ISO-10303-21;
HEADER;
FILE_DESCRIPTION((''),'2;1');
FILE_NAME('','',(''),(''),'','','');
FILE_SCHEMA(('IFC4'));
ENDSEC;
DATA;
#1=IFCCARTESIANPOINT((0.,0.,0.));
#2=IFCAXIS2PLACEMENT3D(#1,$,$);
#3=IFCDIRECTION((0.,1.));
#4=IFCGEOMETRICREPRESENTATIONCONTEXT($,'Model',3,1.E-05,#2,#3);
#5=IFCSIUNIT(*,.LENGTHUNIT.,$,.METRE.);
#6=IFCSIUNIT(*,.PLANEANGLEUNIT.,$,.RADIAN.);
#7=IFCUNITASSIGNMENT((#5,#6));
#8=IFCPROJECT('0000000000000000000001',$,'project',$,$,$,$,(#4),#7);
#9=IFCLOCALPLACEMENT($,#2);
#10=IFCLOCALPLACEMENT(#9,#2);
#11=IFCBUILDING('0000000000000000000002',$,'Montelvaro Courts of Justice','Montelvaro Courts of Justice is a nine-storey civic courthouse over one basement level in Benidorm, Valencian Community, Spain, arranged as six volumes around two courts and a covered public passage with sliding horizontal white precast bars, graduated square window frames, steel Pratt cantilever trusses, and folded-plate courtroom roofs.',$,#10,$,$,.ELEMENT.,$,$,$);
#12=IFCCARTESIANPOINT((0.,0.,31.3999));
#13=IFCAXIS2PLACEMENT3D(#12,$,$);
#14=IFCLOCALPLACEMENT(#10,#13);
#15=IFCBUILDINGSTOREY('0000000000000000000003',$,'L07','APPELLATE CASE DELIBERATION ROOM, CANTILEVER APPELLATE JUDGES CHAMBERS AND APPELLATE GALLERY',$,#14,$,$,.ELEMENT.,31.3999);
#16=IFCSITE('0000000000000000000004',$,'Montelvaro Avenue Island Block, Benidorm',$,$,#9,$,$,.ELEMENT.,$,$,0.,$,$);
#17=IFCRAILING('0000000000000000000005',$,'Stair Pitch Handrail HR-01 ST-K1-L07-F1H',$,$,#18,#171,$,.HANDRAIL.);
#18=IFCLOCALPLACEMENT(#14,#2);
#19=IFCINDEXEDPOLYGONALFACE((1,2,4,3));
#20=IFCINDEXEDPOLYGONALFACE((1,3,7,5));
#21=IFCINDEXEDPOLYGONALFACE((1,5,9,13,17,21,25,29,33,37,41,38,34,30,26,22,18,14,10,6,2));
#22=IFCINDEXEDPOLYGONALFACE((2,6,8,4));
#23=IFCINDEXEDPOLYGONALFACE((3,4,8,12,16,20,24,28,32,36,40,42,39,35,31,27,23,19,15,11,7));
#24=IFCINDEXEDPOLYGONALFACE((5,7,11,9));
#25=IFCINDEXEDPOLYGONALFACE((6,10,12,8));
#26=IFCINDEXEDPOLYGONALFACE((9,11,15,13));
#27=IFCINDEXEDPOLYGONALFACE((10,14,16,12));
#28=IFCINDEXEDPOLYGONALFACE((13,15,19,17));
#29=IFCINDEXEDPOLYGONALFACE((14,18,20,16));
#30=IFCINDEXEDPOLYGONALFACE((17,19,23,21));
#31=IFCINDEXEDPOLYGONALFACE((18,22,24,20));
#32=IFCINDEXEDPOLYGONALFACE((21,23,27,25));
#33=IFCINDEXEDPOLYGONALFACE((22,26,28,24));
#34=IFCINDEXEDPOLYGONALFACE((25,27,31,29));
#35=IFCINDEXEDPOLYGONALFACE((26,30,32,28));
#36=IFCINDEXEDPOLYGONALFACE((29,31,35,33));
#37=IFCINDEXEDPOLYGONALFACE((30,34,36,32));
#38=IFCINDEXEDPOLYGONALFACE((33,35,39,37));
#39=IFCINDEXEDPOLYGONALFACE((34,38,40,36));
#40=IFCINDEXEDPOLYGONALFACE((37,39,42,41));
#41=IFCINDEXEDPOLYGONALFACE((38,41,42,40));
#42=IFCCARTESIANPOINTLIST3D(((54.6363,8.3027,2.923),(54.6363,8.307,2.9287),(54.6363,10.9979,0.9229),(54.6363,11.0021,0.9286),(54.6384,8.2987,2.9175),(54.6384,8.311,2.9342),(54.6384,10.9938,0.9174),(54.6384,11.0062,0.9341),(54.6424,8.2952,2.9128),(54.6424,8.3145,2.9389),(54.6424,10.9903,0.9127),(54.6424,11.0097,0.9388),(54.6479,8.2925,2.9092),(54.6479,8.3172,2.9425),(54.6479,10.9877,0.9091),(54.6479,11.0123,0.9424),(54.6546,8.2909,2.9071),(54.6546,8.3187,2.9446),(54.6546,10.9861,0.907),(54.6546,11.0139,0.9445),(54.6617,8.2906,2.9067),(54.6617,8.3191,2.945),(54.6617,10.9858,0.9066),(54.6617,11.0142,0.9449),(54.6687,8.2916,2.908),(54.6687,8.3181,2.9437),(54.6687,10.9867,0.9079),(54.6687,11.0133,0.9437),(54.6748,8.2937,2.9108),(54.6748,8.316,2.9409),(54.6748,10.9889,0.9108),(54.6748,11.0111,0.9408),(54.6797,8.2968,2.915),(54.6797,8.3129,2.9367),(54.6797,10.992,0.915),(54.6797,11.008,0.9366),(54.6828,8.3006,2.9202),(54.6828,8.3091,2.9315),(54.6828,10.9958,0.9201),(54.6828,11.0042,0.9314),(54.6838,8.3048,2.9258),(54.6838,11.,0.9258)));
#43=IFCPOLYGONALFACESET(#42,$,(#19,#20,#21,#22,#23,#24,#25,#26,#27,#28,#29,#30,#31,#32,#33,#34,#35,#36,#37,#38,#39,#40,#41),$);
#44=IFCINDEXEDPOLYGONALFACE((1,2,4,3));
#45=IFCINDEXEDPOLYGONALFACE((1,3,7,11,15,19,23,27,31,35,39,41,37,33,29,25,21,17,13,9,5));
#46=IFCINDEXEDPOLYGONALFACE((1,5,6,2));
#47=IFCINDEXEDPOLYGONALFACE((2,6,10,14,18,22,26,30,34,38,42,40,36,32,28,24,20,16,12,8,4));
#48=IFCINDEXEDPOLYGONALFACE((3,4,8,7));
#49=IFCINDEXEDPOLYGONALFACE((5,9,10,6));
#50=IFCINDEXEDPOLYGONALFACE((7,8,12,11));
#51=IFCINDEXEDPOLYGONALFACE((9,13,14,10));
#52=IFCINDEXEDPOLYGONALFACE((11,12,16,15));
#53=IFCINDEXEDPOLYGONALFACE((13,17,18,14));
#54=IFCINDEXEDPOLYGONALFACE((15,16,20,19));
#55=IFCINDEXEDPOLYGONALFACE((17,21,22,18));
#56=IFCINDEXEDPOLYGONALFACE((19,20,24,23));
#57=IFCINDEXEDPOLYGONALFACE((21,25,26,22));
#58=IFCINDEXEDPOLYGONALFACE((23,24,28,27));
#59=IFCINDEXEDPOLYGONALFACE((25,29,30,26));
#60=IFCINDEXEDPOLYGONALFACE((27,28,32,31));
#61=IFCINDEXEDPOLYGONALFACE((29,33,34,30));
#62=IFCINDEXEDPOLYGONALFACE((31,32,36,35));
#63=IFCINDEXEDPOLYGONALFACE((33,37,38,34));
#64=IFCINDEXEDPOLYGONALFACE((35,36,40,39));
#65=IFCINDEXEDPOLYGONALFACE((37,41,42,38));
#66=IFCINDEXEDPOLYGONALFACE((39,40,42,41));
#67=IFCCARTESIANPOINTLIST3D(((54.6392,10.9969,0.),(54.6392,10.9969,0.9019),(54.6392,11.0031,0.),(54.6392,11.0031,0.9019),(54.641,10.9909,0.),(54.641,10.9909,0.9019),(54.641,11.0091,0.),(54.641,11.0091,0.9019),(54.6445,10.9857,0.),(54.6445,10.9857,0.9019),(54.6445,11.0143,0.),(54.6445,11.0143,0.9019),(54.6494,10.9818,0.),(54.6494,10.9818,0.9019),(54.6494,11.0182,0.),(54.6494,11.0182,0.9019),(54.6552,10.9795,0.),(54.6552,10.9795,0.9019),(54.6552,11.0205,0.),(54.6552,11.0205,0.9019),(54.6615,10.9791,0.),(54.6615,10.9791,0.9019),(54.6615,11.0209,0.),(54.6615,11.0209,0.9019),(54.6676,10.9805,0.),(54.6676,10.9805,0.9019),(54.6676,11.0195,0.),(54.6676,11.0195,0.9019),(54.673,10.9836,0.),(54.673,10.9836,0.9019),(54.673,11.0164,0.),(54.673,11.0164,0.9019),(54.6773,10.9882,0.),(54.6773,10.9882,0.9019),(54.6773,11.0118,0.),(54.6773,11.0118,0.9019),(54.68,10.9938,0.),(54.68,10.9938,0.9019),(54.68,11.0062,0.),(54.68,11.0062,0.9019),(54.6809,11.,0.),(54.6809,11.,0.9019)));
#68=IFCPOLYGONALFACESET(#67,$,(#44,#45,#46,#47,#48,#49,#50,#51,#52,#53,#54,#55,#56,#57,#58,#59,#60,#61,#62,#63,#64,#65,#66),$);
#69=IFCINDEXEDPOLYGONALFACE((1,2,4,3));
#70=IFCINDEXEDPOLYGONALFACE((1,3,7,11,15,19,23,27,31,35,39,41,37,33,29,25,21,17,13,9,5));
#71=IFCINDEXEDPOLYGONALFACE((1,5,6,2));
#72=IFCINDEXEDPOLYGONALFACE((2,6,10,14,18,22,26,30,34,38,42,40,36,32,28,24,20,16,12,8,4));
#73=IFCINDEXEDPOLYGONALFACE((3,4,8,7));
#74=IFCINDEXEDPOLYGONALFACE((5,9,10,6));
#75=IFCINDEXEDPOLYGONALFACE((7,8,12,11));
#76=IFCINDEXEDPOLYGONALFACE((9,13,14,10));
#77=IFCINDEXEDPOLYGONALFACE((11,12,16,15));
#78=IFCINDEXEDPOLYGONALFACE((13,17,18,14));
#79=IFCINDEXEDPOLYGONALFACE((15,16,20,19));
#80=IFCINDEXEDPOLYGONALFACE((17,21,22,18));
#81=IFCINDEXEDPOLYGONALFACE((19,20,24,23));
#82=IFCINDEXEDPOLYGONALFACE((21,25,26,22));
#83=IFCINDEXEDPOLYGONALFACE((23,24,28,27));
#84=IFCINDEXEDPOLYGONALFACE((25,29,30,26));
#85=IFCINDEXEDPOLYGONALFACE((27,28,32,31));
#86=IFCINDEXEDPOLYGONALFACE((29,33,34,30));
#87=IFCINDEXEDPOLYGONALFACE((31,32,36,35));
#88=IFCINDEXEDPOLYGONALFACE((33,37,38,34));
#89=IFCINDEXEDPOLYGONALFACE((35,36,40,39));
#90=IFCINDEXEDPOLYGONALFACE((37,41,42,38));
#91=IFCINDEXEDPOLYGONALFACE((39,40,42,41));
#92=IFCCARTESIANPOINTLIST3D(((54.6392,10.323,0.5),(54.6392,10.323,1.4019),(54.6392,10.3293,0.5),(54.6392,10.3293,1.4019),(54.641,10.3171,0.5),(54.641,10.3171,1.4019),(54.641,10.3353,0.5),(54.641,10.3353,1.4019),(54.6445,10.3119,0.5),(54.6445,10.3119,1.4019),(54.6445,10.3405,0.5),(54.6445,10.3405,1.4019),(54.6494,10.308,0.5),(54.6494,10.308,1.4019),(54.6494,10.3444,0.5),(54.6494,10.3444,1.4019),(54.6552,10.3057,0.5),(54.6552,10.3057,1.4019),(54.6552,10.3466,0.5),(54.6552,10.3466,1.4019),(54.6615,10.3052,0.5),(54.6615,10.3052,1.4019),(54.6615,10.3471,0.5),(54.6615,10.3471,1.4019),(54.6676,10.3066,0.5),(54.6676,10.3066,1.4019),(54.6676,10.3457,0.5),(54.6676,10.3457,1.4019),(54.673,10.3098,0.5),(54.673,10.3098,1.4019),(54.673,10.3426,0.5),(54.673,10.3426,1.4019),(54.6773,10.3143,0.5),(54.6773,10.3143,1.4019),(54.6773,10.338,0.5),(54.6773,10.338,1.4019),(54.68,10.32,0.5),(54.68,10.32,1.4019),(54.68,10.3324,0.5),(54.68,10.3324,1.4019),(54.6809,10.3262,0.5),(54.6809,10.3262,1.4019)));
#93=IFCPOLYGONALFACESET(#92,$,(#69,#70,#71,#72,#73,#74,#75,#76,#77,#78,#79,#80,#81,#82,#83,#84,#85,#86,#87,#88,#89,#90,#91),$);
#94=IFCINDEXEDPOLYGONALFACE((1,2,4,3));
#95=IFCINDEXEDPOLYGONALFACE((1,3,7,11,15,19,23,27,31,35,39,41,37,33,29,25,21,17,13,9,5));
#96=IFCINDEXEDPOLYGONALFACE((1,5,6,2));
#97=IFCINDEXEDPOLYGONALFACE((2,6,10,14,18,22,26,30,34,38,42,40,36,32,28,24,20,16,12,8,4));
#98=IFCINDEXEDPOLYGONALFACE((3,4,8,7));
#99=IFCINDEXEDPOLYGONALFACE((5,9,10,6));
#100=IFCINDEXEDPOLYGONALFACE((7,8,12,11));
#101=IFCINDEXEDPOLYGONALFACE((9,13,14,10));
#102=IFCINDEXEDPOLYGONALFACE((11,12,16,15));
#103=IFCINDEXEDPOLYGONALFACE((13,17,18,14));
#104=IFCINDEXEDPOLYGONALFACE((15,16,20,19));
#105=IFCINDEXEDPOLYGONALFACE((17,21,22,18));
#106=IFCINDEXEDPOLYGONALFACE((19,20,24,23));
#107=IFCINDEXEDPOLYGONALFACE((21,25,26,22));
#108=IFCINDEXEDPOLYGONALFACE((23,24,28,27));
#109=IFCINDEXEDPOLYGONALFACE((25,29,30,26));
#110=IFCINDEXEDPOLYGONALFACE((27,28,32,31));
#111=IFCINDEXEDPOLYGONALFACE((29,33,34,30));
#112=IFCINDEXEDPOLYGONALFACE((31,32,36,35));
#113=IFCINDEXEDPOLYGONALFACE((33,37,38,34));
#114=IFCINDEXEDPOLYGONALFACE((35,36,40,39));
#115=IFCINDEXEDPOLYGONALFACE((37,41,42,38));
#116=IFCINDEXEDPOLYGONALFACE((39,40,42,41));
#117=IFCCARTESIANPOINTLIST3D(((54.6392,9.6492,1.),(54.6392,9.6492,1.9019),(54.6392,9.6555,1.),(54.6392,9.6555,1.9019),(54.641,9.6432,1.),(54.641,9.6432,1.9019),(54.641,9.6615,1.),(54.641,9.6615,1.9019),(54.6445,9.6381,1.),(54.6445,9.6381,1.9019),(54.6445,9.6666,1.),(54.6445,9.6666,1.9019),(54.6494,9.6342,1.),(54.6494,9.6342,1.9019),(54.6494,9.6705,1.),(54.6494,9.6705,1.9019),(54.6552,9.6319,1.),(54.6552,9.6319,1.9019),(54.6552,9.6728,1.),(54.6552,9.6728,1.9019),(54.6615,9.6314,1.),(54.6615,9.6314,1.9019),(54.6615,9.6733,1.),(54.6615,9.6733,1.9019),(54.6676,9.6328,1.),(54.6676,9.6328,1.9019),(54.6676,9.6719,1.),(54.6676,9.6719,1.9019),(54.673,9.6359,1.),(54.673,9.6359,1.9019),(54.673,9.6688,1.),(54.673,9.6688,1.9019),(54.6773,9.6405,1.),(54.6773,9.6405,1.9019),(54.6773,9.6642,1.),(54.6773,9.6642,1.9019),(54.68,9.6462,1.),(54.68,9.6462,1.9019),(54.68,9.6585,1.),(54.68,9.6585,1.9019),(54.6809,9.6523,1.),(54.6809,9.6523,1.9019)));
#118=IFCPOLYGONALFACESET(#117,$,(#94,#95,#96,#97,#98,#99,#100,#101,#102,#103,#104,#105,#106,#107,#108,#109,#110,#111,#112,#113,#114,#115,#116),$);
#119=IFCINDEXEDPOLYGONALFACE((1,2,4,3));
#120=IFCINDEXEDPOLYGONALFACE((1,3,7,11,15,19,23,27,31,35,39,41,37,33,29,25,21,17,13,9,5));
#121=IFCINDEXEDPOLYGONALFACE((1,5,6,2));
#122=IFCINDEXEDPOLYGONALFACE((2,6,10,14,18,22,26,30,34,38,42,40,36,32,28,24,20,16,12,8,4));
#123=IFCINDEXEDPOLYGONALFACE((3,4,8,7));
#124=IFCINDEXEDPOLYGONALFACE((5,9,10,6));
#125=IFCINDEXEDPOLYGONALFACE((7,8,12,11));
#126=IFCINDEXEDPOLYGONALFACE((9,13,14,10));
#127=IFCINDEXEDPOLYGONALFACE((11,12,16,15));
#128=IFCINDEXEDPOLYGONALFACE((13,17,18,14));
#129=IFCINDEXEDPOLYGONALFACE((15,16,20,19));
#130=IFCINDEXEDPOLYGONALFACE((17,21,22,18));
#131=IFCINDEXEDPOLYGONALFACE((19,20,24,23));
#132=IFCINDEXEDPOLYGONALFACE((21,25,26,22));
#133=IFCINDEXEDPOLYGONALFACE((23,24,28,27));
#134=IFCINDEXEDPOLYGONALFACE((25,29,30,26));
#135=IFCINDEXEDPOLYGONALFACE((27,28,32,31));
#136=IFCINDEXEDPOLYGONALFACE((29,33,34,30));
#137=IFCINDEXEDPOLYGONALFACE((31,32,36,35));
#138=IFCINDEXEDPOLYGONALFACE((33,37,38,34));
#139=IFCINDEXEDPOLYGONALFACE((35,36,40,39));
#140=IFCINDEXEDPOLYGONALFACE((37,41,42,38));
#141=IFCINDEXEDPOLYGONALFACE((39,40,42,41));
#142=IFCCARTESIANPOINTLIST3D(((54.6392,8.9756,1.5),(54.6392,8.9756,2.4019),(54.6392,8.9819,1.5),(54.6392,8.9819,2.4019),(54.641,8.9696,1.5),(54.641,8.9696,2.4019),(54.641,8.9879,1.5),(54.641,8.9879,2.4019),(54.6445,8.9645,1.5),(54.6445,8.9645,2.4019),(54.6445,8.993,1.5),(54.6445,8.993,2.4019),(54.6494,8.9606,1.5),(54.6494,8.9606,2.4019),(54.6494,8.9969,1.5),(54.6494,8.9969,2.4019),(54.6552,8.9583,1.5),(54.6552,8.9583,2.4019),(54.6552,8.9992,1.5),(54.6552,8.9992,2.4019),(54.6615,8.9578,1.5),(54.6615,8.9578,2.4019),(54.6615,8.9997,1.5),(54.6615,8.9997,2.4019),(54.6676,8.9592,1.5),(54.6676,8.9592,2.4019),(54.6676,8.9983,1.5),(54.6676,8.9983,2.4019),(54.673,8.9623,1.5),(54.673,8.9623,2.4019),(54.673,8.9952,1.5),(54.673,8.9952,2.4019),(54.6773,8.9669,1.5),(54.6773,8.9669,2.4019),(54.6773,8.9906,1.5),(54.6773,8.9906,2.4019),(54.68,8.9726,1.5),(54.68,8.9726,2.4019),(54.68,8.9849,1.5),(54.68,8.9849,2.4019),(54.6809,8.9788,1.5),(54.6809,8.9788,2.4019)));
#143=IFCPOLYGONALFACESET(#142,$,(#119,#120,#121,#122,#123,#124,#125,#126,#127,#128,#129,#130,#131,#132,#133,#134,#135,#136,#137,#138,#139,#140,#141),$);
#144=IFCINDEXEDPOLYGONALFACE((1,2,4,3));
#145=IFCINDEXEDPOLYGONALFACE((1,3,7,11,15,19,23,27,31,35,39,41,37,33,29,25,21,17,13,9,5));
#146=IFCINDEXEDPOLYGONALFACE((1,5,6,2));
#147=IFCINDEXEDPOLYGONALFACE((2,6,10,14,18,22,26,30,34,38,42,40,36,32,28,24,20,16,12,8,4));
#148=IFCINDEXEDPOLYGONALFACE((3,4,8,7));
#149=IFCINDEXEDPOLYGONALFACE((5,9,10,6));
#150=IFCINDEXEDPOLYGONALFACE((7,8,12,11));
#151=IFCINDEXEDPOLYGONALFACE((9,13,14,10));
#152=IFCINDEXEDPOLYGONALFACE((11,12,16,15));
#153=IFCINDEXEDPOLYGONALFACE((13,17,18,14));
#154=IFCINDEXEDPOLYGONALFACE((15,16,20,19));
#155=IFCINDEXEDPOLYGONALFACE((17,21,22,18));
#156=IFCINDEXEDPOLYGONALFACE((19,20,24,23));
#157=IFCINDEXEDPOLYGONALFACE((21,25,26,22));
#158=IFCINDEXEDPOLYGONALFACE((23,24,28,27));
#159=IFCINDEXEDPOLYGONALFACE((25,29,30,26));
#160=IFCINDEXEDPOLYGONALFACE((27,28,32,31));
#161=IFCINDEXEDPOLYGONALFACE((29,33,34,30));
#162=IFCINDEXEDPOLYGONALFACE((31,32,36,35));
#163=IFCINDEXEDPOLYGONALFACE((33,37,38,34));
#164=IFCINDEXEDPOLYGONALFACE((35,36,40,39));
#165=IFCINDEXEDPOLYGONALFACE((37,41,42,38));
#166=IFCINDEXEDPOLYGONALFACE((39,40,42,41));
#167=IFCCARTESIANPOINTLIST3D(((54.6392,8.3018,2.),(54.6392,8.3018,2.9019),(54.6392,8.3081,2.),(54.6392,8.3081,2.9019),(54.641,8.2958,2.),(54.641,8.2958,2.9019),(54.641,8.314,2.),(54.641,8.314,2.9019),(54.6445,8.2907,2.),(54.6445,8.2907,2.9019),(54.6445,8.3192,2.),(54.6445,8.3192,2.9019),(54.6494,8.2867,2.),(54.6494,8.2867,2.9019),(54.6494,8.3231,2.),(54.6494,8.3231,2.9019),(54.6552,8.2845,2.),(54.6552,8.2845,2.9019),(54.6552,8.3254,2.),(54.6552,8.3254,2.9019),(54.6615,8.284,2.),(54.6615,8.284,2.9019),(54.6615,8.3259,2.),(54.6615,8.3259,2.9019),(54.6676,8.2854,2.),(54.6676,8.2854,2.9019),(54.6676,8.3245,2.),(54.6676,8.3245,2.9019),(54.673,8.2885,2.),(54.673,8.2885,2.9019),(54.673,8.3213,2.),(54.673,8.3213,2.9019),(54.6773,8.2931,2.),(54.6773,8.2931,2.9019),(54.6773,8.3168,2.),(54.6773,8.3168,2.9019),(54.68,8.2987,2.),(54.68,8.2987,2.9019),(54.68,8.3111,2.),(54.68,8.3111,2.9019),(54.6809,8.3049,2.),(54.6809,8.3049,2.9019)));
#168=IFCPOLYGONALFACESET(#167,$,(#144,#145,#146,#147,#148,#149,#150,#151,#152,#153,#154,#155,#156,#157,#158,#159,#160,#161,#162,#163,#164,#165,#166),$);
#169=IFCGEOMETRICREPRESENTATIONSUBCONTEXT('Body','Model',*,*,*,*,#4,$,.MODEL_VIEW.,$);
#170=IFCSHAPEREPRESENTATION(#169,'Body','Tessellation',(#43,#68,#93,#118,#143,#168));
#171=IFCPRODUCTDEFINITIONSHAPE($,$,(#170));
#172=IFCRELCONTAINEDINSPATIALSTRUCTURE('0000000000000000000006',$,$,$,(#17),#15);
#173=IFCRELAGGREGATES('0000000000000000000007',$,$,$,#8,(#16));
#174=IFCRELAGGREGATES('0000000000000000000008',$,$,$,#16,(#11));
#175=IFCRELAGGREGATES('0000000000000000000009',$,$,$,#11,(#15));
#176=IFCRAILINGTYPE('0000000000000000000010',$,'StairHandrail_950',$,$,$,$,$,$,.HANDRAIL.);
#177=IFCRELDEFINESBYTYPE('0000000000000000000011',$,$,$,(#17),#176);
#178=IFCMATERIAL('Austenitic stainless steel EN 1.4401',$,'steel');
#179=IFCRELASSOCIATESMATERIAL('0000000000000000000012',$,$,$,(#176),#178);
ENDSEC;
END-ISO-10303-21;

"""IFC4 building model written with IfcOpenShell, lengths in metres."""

from ifc_helpers import new_model, si_unit, direction, frame, origin, origin_2d, place, context, subcontext, project, spatial, circle, extrude, material, type_object, element, save


model = new_model("IFC4")

# Units and contexts
model_context = context("Model", 3, precision=1e-05, world=origin(), true_north=direction((0.0, 1.0)))
body_context = subcontext(model_context, "Body", "Model", "MODEL_VIEW")
ifc_project = project(units=[si_unit("LENGTHUNIT", "METRE"), si_unit("PLANEANGLEUNIT", "RADIAN")], contexts=[model_context])

# Site, building, storey
site_placement = place(None, origin())
site = spatial("IfcSite", under=ifc_project, at=site_placement, Name="Montelvaro Avenue Island Block, Benidorm", CompositionType="ELEMENT", RefElevation=0.0)
building_placement = place(site_placement, origin())
building = spatial("IfcBuilding", under=site, at=building_placement, Name="Montelvaro Courts of Justice", Description="Montelvaro Courts of Justice is a nine-storey civic courthouse over one basement level in Benidorm, Valencian Community, Spain, arranged as six volumes around two courts and a covered public passage with sliding horizontal white precast bars, graduated square window frames, steel Pratt cantilever trusses, and folded-plate courtroom roofs.", CompositionType="ELEMENT")
storey_placement = place(building_placement, frame((0.0, 0.0, 31.3999)))
storey = spatial("IfcBuildingStorey", under=building, at=storey_placement, Name="L07", Description="APPELLATE CASE DELIBERATION ROOM, CANTILEVER APPELLATE JUDGES CHAMBERS AND APPELLATE GALLERY", CompositionType="ELEMENT", Elevation=31.3999)

# Railing
ifc_material_1 = material(Name="Austenitic stainless steel EN 1.4401", Category="steel")
railing_type_1 = type_object("IfcRailingType", Name="StairHandrail_950", PredefinedType="HANDRAIL", material=ifc_material_1)
railing_1_placement = place(storey_placement, frame((54.6599, 11.0, 0.0)))
element("IfcRailing", 1, at=railing_1_placement, inside=storey, type_object=railing_type_1, Name="Stair Pitch Handrail HR-01 ST-K1-L07-F1H", PredefinedType="HANDRAIL", context=body_context, shape_type="SweptSolid", body=[
    extrude(circle(Radius=0.0239, at=origin_2d()), frame((0.0, 0.0, 0.9258), z_axis=(0.0, -0.803036, 0.59593), x_axis=(1.0, 0.0, 0.0)), (0.0, 0.0, 1.0), 3.3562),
    extrude(circle(Radius=0.021, at=origin_2d()), origin(), (0.0, 0.0, 1.0), 0.9019),
    extrude(circle(Radius=0.021, at=origin_2d()), frame((0.0, -0.6738, 0.5)), (0.0, 0.0, 1.0), 0.9019),
    extrude(circle(Radius=0.021, at=origin_2d()), frame((0.0, -1.3477, 1.0)), (0.0, 0.0, 1.0), 0.9019),
    extrude(circle(Radius=0.021, at=origin_2d()), frame((0.0, -2.0212, 1.5)), (0.0, 0.0, 1.0), 0.9019),
    extrude(circle(Radius=0.021, at=origin_2d()), frame((0.0, -2.6951, 2.0)), (0.0, 0.0, 1.0), 0.9019),
])

save(model, "model.ifc")
